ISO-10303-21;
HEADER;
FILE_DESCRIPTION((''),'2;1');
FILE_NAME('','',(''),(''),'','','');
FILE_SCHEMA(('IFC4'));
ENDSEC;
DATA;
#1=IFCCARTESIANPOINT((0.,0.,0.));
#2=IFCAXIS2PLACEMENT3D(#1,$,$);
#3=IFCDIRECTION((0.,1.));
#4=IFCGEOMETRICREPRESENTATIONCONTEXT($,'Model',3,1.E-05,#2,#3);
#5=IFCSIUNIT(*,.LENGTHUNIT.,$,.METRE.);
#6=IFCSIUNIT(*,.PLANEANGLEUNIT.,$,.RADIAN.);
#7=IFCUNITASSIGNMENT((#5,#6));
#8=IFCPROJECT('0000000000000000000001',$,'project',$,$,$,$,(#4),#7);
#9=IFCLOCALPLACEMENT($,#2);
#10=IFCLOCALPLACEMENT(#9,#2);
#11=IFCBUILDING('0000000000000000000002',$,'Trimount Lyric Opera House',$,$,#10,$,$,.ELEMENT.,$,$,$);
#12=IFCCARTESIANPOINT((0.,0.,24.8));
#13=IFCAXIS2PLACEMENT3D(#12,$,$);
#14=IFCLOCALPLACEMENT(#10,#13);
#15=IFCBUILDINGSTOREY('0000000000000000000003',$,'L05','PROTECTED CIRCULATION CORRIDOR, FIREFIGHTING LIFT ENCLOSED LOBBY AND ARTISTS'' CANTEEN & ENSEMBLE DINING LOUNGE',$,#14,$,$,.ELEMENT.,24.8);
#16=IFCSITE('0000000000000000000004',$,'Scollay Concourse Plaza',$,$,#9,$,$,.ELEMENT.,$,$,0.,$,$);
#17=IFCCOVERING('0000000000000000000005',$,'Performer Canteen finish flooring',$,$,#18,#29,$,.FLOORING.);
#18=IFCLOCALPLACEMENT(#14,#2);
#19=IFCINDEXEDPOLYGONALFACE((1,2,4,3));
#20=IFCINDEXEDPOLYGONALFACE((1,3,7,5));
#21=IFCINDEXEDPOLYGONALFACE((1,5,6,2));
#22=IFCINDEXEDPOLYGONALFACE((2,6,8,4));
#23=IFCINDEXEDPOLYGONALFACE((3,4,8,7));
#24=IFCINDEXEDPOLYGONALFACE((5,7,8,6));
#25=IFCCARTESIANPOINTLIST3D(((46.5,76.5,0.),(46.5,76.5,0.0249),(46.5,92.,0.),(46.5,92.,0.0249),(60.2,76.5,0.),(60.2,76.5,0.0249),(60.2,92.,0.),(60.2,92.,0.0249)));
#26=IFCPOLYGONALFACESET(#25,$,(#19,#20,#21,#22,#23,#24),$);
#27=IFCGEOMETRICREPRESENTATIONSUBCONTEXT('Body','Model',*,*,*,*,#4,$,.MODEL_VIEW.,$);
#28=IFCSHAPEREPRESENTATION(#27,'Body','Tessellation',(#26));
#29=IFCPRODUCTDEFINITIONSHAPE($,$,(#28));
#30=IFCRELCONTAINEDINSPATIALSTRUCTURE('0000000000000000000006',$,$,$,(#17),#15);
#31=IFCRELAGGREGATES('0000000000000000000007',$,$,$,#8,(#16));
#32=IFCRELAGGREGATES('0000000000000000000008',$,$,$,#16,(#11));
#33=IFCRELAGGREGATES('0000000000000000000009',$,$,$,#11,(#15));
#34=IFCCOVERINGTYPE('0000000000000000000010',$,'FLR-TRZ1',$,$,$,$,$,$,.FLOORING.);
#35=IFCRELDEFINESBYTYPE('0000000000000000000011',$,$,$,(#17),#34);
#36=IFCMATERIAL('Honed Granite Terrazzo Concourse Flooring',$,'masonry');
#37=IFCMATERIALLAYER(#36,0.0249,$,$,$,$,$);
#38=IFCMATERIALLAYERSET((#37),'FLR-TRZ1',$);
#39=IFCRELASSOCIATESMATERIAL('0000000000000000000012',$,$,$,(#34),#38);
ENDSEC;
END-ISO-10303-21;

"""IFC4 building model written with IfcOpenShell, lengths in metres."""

from ifc_helpers import new_model, si_unit, direction, frame, origin, place, context, subcontext, project, spatial, polyline, outline, extrude, material, layer, layer_set, type_object, element, save


model = new_model("IFC4")

# Units and contexts
model_context = context("Model", 3, precision=1e-05, world=origin(), true_north=direction((0.0, 1.0)))
body_context = subcontext(model_context, "Body", "Model", "MODEL_VIEW")
ifc_project = project(units=[si_unit("LENGTHUNIT", "METRE"), si_unit("PLANEANGLEUNIT", "RADIAN")], contexts=[model_context])

# Site, building, storey
site_placement = place(None, origin())
site = spatial("IfcSite", under=ifc_project, at=site_placement, Name="Scollay Concourse Plaza", CompositionType="ELEMENT", RefElevation=0.0)
building_placement = place(site_placement, origin())
building = spatial("IfcBuilding", under=site, at=building_placement, Name="Trimount Lyric Opera House", CompositionType="ELEMENT")
storey_placement = place(building_placement, frame((0.0, 0.0, 24.8)))
storey = spatial("IfcBuildingStorey", under=building, at=storey_placement, Name="L05", Description="PROTECTED CIRCULATION CORRIDOR, FIREFIGHTING LIFT ENCLOSED LOBBY AND ARTISTS' CANTEEN & ENSEMBLE DINING LOUNGE", CompositionType="ELEMENT", Elevation=24.8)

# Covering
ifc_material_1 = material(Name="Honed Granite Terrazzo Concourse Flooring", Category="masonry")
ifc_layer_1 = layer(ifc_material_1, 0.0249)
ifc_layer_set_1 = layer_set([ifc_layer_1], Name="FLR-TRZ1")
covering_type_1 = type_object("IfcCoveringType", Name="FLR-TRZ1", PredefinedType="FLOORING", material=ifc_layer_set_1)
covering_1_placement = place(storey_placement, origin())
element("IfcCovering", 1, at=covering_1_placement, inside=storey, type_object=covering_type_1, Name="Performer Canteen finish flooring", PredefinedType="FLOORING", context=body_context, shape_type="SweptSolid", body=[
    extrude(outline(polyline([(46.5, 76.5), (60.2, 76.5), (60.2, 92.0), (46.5, 92.0), (46.5, 76.5)])), origin(), (0.0, 0.0, 1.0), 0.0249),
])

save(model, "model.ifc")
